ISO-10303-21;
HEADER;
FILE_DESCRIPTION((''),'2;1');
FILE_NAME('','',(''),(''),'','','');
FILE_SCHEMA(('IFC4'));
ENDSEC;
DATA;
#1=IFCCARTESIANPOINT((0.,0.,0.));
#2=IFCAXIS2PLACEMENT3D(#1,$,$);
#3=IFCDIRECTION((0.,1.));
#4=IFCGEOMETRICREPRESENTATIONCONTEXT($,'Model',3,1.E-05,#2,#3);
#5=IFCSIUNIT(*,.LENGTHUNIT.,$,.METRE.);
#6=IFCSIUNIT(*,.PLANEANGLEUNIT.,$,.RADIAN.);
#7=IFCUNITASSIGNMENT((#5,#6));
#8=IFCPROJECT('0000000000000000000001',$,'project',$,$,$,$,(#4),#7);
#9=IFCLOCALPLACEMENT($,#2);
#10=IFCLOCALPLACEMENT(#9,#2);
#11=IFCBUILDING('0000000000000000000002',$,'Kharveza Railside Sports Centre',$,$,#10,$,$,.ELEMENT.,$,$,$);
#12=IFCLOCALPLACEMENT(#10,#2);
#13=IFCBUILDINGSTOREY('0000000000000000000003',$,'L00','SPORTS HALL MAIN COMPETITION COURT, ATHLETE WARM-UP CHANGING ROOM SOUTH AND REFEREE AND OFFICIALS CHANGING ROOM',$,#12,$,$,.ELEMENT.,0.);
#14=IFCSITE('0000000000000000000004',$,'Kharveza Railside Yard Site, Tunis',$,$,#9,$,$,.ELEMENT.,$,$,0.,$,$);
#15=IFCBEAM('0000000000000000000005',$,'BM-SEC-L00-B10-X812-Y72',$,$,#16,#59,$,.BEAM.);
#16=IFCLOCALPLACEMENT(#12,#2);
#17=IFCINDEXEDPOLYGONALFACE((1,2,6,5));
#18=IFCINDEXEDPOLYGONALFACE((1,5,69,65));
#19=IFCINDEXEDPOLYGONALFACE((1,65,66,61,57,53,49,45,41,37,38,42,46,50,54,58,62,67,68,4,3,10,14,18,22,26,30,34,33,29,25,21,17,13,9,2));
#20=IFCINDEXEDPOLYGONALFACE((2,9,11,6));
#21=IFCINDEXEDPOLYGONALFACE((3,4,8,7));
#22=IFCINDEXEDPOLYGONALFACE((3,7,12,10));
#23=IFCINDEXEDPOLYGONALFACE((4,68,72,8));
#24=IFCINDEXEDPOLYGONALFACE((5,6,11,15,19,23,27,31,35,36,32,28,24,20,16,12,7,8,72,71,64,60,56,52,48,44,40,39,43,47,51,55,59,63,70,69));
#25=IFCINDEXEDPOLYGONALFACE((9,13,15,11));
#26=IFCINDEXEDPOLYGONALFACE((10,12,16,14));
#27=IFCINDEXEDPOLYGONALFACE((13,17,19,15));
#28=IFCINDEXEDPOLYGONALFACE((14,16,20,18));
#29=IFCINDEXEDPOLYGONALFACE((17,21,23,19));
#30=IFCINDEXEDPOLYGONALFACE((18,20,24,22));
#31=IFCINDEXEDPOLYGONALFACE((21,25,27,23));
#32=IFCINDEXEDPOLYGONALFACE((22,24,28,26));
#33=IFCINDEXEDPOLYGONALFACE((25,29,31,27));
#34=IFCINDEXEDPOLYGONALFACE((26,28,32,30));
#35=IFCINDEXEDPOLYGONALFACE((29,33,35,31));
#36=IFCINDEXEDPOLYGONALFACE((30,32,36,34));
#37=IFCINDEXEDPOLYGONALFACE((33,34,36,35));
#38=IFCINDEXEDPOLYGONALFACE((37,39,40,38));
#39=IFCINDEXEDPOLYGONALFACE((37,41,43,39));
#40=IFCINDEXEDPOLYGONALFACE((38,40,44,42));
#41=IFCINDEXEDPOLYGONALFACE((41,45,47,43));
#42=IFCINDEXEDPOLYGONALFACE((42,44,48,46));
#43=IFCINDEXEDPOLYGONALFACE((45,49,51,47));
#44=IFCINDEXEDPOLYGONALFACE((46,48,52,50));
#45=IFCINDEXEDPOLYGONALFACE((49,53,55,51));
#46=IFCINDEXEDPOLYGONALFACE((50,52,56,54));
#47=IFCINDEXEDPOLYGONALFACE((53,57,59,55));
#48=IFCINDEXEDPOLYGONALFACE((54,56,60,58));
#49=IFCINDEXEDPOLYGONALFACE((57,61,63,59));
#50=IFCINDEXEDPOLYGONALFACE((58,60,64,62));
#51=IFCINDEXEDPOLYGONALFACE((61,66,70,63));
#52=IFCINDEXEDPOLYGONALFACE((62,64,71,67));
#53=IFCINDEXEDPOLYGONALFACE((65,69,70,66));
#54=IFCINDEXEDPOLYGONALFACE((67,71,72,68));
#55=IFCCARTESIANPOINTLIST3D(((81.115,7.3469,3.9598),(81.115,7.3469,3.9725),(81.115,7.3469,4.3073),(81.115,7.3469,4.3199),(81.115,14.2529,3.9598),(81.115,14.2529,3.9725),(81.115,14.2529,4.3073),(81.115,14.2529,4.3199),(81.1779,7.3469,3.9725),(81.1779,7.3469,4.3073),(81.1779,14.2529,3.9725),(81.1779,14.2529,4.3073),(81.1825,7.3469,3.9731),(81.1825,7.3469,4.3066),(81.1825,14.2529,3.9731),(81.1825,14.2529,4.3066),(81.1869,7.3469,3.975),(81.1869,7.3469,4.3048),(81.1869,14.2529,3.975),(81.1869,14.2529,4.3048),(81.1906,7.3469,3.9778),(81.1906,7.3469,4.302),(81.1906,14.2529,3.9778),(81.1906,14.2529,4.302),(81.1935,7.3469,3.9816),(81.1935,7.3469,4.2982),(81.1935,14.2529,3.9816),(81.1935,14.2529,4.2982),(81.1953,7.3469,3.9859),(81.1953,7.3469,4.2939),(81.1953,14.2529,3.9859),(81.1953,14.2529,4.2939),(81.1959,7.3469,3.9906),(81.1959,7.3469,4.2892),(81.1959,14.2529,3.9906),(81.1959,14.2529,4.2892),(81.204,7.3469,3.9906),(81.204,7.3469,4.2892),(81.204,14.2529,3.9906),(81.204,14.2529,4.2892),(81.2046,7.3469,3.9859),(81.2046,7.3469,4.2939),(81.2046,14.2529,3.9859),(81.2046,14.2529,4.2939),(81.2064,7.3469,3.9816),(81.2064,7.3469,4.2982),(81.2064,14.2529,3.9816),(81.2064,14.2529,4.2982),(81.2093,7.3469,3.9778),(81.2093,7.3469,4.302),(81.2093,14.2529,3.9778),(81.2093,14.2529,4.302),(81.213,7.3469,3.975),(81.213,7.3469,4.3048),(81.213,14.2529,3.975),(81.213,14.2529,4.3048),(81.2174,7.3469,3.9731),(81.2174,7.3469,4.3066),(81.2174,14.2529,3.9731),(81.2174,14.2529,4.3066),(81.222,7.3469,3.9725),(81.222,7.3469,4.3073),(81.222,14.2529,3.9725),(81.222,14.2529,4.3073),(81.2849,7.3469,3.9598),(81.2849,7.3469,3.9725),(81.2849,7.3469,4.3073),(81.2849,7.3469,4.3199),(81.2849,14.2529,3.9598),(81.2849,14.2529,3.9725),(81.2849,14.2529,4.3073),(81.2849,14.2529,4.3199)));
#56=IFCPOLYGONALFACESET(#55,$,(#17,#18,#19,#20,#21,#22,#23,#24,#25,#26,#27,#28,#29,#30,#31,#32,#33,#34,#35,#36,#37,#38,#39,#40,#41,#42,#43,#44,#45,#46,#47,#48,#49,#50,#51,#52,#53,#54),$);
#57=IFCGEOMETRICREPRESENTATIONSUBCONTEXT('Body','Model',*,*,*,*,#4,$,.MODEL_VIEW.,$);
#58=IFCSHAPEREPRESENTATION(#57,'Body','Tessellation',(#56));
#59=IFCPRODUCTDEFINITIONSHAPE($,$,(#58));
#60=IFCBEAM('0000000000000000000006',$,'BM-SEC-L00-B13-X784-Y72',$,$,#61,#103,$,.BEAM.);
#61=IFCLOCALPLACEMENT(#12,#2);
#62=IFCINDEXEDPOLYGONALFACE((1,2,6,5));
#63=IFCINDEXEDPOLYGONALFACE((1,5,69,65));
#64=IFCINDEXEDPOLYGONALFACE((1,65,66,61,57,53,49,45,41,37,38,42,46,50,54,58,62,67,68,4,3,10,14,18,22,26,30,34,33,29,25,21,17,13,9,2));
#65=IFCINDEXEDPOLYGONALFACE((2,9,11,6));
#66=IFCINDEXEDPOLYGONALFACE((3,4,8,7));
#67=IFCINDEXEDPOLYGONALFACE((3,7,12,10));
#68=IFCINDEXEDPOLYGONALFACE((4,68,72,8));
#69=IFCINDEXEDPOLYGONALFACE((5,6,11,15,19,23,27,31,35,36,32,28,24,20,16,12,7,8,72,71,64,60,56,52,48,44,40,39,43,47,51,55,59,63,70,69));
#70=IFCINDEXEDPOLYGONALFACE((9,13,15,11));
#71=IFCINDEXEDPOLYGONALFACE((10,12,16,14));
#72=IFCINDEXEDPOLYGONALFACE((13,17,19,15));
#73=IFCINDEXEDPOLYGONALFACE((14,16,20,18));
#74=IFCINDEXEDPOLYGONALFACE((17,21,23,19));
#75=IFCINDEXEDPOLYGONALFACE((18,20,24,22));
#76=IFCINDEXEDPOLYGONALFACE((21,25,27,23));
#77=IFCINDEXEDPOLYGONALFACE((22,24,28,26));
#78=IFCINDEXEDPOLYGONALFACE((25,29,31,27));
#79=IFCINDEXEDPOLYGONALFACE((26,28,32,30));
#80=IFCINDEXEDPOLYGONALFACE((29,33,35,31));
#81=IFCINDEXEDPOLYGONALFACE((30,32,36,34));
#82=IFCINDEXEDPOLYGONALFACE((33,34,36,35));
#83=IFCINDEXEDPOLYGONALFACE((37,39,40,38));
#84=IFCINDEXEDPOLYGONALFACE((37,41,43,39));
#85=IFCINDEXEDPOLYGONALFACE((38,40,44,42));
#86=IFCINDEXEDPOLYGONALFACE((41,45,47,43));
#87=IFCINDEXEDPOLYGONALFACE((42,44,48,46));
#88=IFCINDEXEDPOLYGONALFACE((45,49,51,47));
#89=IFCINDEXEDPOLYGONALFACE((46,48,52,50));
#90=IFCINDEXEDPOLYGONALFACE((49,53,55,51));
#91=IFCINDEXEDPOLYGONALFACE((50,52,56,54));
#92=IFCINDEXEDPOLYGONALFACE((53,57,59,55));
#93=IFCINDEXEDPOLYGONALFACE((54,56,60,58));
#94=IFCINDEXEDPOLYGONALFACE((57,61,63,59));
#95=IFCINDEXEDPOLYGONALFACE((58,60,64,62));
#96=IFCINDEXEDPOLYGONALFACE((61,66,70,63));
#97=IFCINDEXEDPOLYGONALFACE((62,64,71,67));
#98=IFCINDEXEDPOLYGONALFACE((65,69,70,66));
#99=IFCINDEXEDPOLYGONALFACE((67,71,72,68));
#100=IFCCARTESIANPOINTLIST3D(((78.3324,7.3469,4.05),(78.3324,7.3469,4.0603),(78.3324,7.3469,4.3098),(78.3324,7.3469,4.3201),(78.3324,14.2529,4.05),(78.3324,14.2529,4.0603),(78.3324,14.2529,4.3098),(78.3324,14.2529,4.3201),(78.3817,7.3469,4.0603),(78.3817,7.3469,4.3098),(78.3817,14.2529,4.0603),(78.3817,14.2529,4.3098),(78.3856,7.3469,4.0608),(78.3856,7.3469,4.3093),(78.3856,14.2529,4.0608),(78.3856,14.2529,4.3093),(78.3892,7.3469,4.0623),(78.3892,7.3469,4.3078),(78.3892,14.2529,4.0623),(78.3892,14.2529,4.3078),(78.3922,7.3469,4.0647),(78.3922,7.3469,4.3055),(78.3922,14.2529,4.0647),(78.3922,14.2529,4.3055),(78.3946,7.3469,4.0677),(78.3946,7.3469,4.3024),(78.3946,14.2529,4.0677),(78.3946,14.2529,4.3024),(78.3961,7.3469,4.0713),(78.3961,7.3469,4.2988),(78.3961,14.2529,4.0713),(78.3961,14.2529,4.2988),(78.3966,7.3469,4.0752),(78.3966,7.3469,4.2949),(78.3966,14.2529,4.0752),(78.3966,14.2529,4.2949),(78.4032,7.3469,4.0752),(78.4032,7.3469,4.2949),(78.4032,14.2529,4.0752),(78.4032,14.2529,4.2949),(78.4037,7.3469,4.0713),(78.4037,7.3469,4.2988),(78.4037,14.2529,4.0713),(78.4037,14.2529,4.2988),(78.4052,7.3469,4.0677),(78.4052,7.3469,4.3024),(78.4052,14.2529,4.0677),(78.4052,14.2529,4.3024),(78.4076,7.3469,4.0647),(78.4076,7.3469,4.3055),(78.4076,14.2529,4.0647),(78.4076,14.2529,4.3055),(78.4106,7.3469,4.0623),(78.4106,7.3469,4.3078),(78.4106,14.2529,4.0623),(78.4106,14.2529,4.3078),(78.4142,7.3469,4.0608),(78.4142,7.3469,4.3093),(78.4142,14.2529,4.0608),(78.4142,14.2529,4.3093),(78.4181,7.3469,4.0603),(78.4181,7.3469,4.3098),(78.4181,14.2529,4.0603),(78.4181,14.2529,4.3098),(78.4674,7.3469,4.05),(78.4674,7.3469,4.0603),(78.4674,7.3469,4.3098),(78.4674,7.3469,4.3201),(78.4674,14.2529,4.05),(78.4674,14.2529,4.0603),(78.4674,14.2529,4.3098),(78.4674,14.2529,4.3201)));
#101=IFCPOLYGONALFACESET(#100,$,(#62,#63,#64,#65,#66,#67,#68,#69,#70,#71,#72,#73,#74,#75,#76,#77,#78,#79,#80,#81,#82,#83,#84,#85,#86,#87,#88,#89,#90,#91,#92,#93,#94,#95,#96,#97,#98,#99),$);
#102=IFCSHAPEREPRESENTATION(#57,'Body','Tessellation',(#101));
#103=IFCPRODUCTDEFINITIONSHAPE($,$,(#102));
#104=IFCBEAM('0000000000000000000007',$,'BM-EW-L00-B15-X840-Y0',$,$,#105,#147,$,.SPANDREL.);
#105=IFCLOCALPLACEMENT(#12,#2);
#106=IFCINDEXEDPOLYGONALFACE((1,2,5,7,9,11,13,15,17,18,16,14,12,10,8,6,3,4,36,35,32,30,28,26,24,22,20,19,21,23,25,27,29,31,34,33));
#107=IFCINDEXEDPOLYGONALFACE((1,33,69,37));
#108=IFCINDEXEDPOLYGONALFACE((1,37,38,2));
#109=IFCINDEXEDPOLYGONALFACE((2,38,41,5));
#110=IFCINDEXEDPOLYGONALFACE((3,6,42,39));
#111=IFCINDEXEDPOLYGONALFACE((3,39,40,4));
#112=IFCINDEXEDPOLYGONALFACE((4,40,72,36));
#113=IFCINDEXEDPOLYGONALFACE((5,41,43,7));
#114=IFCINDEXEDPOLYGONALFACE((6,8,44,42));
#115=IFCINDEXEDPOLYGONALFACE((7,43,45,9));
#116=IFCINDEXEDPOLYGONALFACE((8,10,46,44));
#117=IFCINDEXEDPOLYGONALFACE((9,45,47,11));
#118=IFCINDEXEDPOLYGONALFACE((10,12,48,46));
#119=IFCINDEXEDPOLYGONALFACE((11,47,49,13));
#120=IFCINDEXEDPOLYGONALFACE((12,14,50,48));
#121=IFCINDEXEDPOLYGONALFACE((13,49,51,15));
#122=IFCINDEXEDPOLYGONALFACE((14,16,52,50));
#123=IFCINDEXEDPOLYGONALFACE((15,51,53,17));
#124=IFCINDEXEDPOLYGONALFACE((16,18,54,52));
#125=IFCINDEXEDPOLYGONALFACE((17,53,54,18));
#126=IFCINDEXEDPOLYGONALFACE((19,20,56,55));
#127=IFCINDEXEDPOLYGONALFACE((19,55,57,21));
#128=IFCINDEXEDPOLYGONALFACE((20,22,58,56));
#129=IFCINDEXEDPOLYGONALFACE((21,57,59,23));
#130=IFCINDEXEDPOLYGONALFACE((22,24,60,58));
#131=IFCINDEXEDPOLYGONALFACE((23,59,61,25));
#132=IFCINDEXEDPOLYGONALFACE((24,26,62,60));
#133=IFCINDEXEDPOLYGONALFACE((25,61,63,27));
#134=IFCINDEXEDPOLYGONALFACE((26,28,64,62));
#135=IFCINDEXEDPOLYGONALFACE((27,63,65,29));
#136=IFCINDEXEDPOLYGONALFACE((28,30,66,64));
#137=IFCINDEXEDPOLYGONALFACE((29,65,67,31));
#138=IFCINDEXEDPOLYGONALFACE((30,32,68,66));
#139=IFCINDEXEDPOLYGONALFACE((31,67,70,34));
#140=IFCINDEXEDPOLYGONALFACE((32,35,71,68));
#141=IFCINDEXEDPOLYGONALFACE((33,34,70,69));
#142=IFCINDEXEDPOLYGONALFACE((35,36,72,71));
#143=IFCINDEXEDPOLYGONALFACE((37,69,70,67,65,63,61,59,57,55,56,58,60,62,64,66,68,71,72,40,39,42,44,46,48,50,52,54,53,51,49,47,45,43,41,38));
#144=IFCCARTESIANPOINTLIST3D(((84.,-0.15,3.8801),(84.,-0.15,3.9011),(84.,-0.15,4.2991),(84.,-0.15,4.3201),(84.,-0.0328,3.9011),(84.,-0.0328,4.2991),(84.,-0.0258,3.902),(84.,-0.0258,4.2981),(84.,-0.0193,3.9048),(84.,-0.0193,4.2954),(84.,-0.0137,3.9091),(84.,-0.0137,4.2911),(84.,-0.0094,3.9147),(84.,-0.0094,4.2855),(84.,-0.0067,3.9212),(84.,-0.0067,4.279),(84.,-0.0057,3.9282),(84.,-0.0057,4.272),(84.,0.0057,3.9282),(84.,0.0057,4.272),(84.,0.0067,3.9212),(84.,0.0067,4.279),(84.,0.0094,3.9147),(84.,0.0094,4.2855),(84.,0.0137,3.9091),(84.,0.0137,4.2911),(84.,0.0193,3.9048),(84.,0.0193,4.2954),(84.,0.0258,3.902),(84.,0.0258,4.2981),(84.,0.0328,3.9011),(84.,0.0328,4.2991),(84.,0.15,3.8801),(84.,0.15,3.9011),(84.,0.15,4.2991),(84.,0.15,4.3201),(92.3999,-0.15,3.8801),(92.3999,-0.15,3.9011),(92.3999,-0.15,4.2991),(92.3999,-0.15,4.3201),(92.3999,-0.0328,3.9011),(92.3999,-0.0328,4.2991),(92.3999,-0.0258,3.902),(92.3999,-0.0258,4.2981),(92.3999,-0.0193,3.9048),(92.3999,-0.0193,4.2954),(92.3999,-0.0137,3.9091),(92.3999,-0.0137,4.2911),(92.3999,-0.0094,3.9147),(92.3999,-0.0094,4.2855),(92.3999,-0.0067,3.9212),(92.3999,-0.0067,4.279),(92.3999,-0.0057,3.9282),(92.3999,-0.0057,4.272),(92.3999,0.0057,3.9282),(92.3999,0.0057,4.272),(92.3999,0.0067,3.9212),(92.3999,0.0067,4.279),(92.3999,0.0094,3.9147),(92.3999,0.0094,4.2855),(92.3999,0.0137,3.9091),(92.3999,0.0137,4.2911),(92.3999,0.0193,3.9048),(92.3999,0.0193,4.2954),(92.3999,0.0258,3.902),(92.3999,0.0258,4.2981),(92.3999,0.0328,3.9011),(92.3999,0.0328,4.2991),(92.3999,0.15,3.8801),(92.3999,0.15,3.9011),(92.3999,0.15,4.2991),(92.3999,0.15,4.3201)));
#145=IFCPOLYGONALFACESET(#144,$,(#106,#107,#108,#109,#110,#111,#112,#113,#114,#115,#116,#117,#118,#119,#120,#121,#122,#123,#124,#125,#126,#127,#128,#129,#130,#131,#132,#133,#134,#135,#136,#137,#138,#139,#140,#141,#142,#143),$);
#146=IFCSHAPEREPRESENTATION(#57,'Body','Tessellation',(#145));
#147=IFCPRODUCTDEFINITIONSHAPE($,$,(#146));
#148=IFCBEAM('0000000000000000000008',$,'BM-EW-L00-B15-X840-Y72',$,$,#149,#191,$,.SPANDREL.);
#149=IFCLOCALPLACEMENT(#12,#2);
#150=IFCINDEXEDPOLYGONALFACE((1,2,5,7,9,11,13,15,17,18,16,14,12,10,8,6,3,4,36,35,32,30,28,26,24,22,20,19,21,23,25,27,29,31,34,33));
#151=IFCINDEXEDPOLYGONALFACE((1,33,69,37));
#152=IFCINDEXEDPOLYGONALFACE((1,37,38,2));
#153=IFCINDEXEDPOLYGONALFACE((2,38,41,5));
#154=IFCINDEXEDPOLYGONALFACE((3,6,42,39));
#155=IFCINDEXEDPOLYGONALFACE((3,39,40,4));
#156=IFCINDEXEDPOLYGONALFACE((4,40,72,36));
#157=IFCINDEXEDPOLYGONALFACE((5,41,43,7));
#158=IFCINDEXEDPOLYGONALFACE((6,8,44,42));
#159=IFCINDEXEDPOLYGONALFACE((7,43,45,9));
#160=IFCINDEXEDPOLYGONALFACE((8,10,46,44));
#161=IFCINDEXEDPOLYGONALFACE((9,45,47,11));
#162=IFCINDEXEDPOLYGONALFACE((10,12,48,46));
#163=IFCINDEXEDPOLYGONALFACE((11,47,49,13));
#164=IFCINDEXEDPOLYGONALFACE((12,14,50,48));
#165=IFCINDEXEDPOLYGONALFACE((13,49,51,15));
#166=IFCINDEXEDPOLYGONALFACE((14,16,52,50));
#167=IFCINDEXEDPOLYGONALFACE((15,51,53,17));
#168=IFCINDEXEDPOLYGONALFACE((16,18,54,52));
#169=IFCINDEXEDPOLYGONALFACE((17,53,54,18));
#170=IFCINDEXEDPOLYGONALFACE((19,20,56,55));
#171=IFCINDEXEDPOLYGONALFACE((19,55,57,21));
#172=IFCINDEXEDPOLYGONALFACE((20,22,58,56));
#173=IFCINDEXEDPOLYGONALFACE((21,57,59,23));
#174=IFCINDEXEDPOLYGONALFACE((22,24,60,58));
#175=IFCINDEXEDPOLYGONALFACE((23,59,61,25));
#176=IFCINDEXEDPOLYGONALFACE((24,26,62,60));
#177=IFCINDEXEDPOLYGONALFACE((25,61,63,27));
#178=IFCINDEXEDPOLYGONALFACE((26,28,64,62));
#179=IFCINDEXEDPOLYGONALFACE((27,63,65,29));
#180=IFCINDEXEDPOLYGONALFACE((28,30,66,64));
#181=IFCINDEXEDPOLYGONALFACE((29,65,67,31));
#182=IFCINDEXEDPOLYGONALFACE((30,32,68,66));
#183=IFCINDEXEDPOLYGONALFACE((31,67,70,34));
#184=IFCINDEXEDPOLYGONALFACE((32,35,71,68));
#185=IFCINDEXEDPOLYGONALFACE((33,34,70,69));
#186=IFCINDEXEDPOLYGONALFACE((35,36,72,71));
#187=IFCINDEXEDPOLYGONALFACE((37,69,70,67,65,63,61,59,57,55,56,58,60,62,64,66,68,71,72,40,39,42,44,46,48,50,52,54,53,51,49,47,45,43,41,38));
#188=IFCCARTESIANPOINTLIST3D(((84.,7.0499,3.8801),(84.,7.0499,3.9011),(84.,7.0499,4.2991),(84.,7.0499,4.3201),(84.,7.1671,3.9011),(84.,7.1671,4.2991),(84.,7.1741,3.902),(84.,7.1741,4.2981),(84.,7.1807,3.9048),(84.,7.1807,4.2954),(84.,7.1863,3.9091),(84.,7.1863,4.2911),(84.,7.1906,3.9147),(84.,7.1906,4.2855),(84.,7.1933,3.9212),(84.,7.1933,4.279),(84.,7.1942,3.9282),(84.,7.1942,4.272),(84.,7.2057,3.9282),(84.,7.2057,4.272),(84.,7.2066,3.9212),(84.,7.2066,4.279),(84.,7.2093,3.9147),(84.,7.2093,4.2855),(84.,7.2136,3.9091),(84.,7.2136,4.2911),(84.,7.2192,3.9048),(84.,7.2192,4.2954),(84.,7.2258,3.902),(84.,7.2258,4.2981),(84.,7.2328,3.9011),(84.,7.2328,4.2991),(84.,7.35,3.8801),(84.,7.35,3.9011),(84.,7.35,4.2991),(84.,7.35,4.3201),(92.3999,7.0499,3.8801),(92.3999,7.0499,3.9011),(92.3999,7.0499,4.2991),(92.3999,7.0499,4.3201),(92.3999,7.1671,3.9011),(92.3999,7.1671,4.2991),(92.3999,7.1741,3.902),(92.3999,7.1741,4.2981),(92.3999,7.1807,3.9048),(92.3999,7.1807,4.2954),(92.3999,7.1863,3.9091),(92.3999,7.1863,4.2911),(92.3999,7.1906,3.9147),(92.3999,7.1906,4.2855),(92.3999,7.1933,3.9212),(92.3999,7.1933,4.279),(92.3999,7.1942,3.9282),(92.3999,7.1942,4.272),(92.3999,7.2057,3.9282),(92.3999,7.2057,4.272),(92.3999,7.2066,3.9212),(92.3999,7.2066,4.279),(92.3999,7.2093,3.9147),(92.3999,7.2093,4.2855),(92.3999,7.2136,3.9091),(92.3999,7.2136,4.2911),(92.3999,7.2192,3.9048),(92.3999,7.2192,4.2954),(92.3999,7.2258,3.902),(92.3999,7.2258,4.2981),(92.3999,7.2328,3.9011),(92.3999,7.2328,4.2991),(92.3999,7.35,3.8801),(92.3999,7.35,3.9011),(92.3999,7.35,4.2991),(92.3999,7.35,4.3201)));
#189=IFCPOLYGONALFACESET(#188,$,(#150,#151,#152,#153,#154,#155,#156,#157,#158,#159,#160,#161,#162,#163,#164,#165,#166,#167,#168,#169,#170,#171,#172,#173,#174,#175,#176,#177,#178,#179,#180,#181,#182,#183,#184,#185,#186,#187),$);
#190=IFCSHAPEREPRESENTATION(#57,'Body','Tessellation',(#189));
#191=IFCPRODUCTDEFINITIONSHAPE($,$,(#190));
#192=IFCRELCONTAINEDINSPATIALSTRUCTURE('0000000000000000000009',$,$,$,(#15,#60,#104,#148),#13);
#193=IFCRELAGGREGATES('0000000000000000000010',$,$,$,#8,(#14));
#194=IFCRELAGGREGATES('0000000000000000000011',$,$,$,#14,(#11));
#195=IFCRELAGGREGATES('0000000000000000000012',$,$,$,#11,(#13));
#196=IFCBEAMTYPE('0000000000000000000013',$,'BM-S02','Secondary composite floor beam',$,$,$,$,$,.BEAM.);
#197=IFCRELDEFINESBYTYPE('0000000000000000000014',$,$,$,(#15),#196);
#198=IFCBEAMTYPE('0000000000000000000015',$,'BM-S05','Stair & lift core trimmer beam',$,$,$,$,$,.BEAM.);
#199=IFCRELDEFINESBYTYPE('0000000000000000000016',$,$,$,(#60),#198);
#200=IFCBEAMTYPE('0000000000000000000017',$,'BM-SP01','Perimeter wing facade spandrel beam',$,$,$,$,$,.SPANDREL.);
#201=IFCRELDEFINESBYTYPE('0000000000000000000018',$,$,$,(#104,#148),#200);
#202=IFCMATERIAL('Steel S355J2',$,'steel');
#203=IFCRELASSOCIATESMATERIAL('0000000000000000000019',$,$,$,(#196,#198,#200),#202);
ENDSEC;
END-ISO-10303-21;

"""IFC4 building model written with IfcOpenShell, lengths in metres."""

from ifc_helpers import new_model, si_unit, direction, frame, origin, origin_2d, place, context, subcontext, project, spatial, i_section, extrude, material, material_profile, profile_set, type_object, element, save


model = new_model("IFC4")

# Units and contexts
model_context = context("Model", 3, precision=1e-05, world=origin(), true_north=direction((0.0, 1.0)))
body_context = subcontext(model_context, "Body", "Model", "MODEL_VIEW")
ifc_project = project(units=[si_unit("LENGTHUNIT", "METRE"), si_unit("PLANEANGLEUNIT", "RADIAN")], contexts=[model_context])

# Site, building, storey
site_placement = place(None, origin())
site = spatial("IfcSite", under=ifc_project, at=site_placement, Name="Kharveza Railside Yard Site, Tunis", CompositionType="ELEMENT", RefElevation=0.0)
building_placement = place(site_placement, origin())
building = spatial("IfcBuilding", under=site, at=building_placement, Name="Kharveza Railside Sports Centre", CompositionType="ELEMENT")
storey_placement = place(building_placement, origin())
storey = spatial("IfcBuildingStorey", under=building, at=storey_placement, Name="L00", Description="SPORTS HALL MAIN COMPETITION COURT, ATHLETE WARM-UP CHANGING ROOM SOUTH AND REFEREE AND OFFICIALS CHANGING ROOM", CompositionType="ELEMENT", Elevation=0.0)

# Shared definitions
ifc_material_1 = material(Name="Steel S355J2", Category="steel")

# Beams
ifc_material_profile_1 = material_profile(ifc_material_1, i_section(OverallWidth=0.1699, OverallDepth=0.3601, WebThickness=0.0081, FlangeThickness=0.0127, FilletRadius=0.0181, at=origin_2d()), Name="IPE 360")
ifc_profile_set_1 = profile_set([ifc_material_profile_1], Name="Steel S355J2")
beam_type_1 = type_object("IfcBeamType", Name="BM-S02", Description="Secondary composite floor beam", PredefinedType="BEAM", material=ifc_profile_set_1)
beam_1_placement = place(storey_placement, frame((81.2, 7.3469, 4.1399), z_axis=(0.0, 1.0, 0.0), x_axis=(-1.0, 0.0, 0.0)))
element("IfcBeam", 1, at=beam_1_placement, inside=storey, type_object=beam_type_1, Name="BM-SEC-L00-B10-X812-Y72", PredefinedType="BEAM", context=body_context, shape_type="SweptSolid", body=[
    extrude(i_section(OverallWidth=0.1699, OverallDepth=0.3601, WebThickness=0.0081, FlangeThickness=0.0127, FilletRadius=0.0181, at=origin_2d()), origin(), (0.0, 0.0, 1.0), 6.906),
])
ifc_material_profile_2 = material_profile(ifc_material_1, i_section(OverallWidth=0.135, OverallDepth=0.27, WebThickness=0.0066, FlangeThickness=0.0103, FilletRadius=0.0149, at=origin_2d()), Name="IPE 270")
ifc_profile_set_2 = profile_set([ifc_material_profile_2], Name="Steel S355J2")
beam_type_2 = type_object("IfcBeamType", Name="BM-S05", Description="Stair & lift core trimmer beam", PredefinedType="BEAM", material=ifc_profile_set_2)
beam_2_placement = place(storey_placement, frame((78.3999, 7.3469, 4.1851), z_axis=(0.0, 1.0, 0.0), x_axis=(-1.0, 0.0, 0.0)))
element("IfcBeam", 2, at=beam_2_placement, inside=storey, type_object=beam_type_2, Name="BM-SEC-L00-B13-X784-Y72", PredefinedType="BEAM", context=body_context, shape_type="SweptSolid", body=[
    extrude(i_section(OverallWidth=0.135, OverallDepth=0.27, WebThickness=0.0066, FlangeThickness=0.0103, FilletRadius=0.0149, at=origin_2d()), origin(), (0.0, 0.0, 1.0), 6.906),
])
ifc_material_profile_3 = material_profile(ifc_material_1, i_section(OverallWidth=0.3, OverallDepth=0.4399, WebThickness=0.0115, FlangeThickness=0.021, FilletRadius=0.0271, at=origin_2d()), Name="HEA 450")
ifc_profile_set_3 = profile_set([ifc_material_profile_3], Name="Steel S355J2")
beam_type_3 = type_object("IfcBeamType", Name="BM-SP01", Description="Perimeter wing facade spandrel beam", PredefinedType="SPANDREL", material=ifc_profile_set_3)
for number, where, z_axis, x_axis, name in (
    (3, (84.0, 0.0, 4.1001), (1.0, 0.0, 0.0), (0.0, 1.0, 0.0), "BM-EW-L00-B15-X840-Y0"),
    (4, (84.0, 7.2, 4.1001), (1.0, 0.0, 0.0), (0.0, 1.0, 0.0), "BM-EW-L00-B15-X840-Y72"),
):
    element("IfcBeam", number, at=place(storey_placement, frame(where, z_axis=z_axis, x_axis=x_axis)), inside=storey, type_object=beam_type_3, Name=name, PredefinedType="SPANDREL", context=body_context, shape_type="SweptSolid", body=[
        extrude(i_section(OverallWidth=0.3, OverallDepth=0.4399, WebThickness=0.0115, FlangeThickness=0.021, FilletRadius=0.0271, at=origin_2d()), origin(), (0.0, 0.0, 1.0), 8.3999),
    ])

save(model, "model.ifc")
